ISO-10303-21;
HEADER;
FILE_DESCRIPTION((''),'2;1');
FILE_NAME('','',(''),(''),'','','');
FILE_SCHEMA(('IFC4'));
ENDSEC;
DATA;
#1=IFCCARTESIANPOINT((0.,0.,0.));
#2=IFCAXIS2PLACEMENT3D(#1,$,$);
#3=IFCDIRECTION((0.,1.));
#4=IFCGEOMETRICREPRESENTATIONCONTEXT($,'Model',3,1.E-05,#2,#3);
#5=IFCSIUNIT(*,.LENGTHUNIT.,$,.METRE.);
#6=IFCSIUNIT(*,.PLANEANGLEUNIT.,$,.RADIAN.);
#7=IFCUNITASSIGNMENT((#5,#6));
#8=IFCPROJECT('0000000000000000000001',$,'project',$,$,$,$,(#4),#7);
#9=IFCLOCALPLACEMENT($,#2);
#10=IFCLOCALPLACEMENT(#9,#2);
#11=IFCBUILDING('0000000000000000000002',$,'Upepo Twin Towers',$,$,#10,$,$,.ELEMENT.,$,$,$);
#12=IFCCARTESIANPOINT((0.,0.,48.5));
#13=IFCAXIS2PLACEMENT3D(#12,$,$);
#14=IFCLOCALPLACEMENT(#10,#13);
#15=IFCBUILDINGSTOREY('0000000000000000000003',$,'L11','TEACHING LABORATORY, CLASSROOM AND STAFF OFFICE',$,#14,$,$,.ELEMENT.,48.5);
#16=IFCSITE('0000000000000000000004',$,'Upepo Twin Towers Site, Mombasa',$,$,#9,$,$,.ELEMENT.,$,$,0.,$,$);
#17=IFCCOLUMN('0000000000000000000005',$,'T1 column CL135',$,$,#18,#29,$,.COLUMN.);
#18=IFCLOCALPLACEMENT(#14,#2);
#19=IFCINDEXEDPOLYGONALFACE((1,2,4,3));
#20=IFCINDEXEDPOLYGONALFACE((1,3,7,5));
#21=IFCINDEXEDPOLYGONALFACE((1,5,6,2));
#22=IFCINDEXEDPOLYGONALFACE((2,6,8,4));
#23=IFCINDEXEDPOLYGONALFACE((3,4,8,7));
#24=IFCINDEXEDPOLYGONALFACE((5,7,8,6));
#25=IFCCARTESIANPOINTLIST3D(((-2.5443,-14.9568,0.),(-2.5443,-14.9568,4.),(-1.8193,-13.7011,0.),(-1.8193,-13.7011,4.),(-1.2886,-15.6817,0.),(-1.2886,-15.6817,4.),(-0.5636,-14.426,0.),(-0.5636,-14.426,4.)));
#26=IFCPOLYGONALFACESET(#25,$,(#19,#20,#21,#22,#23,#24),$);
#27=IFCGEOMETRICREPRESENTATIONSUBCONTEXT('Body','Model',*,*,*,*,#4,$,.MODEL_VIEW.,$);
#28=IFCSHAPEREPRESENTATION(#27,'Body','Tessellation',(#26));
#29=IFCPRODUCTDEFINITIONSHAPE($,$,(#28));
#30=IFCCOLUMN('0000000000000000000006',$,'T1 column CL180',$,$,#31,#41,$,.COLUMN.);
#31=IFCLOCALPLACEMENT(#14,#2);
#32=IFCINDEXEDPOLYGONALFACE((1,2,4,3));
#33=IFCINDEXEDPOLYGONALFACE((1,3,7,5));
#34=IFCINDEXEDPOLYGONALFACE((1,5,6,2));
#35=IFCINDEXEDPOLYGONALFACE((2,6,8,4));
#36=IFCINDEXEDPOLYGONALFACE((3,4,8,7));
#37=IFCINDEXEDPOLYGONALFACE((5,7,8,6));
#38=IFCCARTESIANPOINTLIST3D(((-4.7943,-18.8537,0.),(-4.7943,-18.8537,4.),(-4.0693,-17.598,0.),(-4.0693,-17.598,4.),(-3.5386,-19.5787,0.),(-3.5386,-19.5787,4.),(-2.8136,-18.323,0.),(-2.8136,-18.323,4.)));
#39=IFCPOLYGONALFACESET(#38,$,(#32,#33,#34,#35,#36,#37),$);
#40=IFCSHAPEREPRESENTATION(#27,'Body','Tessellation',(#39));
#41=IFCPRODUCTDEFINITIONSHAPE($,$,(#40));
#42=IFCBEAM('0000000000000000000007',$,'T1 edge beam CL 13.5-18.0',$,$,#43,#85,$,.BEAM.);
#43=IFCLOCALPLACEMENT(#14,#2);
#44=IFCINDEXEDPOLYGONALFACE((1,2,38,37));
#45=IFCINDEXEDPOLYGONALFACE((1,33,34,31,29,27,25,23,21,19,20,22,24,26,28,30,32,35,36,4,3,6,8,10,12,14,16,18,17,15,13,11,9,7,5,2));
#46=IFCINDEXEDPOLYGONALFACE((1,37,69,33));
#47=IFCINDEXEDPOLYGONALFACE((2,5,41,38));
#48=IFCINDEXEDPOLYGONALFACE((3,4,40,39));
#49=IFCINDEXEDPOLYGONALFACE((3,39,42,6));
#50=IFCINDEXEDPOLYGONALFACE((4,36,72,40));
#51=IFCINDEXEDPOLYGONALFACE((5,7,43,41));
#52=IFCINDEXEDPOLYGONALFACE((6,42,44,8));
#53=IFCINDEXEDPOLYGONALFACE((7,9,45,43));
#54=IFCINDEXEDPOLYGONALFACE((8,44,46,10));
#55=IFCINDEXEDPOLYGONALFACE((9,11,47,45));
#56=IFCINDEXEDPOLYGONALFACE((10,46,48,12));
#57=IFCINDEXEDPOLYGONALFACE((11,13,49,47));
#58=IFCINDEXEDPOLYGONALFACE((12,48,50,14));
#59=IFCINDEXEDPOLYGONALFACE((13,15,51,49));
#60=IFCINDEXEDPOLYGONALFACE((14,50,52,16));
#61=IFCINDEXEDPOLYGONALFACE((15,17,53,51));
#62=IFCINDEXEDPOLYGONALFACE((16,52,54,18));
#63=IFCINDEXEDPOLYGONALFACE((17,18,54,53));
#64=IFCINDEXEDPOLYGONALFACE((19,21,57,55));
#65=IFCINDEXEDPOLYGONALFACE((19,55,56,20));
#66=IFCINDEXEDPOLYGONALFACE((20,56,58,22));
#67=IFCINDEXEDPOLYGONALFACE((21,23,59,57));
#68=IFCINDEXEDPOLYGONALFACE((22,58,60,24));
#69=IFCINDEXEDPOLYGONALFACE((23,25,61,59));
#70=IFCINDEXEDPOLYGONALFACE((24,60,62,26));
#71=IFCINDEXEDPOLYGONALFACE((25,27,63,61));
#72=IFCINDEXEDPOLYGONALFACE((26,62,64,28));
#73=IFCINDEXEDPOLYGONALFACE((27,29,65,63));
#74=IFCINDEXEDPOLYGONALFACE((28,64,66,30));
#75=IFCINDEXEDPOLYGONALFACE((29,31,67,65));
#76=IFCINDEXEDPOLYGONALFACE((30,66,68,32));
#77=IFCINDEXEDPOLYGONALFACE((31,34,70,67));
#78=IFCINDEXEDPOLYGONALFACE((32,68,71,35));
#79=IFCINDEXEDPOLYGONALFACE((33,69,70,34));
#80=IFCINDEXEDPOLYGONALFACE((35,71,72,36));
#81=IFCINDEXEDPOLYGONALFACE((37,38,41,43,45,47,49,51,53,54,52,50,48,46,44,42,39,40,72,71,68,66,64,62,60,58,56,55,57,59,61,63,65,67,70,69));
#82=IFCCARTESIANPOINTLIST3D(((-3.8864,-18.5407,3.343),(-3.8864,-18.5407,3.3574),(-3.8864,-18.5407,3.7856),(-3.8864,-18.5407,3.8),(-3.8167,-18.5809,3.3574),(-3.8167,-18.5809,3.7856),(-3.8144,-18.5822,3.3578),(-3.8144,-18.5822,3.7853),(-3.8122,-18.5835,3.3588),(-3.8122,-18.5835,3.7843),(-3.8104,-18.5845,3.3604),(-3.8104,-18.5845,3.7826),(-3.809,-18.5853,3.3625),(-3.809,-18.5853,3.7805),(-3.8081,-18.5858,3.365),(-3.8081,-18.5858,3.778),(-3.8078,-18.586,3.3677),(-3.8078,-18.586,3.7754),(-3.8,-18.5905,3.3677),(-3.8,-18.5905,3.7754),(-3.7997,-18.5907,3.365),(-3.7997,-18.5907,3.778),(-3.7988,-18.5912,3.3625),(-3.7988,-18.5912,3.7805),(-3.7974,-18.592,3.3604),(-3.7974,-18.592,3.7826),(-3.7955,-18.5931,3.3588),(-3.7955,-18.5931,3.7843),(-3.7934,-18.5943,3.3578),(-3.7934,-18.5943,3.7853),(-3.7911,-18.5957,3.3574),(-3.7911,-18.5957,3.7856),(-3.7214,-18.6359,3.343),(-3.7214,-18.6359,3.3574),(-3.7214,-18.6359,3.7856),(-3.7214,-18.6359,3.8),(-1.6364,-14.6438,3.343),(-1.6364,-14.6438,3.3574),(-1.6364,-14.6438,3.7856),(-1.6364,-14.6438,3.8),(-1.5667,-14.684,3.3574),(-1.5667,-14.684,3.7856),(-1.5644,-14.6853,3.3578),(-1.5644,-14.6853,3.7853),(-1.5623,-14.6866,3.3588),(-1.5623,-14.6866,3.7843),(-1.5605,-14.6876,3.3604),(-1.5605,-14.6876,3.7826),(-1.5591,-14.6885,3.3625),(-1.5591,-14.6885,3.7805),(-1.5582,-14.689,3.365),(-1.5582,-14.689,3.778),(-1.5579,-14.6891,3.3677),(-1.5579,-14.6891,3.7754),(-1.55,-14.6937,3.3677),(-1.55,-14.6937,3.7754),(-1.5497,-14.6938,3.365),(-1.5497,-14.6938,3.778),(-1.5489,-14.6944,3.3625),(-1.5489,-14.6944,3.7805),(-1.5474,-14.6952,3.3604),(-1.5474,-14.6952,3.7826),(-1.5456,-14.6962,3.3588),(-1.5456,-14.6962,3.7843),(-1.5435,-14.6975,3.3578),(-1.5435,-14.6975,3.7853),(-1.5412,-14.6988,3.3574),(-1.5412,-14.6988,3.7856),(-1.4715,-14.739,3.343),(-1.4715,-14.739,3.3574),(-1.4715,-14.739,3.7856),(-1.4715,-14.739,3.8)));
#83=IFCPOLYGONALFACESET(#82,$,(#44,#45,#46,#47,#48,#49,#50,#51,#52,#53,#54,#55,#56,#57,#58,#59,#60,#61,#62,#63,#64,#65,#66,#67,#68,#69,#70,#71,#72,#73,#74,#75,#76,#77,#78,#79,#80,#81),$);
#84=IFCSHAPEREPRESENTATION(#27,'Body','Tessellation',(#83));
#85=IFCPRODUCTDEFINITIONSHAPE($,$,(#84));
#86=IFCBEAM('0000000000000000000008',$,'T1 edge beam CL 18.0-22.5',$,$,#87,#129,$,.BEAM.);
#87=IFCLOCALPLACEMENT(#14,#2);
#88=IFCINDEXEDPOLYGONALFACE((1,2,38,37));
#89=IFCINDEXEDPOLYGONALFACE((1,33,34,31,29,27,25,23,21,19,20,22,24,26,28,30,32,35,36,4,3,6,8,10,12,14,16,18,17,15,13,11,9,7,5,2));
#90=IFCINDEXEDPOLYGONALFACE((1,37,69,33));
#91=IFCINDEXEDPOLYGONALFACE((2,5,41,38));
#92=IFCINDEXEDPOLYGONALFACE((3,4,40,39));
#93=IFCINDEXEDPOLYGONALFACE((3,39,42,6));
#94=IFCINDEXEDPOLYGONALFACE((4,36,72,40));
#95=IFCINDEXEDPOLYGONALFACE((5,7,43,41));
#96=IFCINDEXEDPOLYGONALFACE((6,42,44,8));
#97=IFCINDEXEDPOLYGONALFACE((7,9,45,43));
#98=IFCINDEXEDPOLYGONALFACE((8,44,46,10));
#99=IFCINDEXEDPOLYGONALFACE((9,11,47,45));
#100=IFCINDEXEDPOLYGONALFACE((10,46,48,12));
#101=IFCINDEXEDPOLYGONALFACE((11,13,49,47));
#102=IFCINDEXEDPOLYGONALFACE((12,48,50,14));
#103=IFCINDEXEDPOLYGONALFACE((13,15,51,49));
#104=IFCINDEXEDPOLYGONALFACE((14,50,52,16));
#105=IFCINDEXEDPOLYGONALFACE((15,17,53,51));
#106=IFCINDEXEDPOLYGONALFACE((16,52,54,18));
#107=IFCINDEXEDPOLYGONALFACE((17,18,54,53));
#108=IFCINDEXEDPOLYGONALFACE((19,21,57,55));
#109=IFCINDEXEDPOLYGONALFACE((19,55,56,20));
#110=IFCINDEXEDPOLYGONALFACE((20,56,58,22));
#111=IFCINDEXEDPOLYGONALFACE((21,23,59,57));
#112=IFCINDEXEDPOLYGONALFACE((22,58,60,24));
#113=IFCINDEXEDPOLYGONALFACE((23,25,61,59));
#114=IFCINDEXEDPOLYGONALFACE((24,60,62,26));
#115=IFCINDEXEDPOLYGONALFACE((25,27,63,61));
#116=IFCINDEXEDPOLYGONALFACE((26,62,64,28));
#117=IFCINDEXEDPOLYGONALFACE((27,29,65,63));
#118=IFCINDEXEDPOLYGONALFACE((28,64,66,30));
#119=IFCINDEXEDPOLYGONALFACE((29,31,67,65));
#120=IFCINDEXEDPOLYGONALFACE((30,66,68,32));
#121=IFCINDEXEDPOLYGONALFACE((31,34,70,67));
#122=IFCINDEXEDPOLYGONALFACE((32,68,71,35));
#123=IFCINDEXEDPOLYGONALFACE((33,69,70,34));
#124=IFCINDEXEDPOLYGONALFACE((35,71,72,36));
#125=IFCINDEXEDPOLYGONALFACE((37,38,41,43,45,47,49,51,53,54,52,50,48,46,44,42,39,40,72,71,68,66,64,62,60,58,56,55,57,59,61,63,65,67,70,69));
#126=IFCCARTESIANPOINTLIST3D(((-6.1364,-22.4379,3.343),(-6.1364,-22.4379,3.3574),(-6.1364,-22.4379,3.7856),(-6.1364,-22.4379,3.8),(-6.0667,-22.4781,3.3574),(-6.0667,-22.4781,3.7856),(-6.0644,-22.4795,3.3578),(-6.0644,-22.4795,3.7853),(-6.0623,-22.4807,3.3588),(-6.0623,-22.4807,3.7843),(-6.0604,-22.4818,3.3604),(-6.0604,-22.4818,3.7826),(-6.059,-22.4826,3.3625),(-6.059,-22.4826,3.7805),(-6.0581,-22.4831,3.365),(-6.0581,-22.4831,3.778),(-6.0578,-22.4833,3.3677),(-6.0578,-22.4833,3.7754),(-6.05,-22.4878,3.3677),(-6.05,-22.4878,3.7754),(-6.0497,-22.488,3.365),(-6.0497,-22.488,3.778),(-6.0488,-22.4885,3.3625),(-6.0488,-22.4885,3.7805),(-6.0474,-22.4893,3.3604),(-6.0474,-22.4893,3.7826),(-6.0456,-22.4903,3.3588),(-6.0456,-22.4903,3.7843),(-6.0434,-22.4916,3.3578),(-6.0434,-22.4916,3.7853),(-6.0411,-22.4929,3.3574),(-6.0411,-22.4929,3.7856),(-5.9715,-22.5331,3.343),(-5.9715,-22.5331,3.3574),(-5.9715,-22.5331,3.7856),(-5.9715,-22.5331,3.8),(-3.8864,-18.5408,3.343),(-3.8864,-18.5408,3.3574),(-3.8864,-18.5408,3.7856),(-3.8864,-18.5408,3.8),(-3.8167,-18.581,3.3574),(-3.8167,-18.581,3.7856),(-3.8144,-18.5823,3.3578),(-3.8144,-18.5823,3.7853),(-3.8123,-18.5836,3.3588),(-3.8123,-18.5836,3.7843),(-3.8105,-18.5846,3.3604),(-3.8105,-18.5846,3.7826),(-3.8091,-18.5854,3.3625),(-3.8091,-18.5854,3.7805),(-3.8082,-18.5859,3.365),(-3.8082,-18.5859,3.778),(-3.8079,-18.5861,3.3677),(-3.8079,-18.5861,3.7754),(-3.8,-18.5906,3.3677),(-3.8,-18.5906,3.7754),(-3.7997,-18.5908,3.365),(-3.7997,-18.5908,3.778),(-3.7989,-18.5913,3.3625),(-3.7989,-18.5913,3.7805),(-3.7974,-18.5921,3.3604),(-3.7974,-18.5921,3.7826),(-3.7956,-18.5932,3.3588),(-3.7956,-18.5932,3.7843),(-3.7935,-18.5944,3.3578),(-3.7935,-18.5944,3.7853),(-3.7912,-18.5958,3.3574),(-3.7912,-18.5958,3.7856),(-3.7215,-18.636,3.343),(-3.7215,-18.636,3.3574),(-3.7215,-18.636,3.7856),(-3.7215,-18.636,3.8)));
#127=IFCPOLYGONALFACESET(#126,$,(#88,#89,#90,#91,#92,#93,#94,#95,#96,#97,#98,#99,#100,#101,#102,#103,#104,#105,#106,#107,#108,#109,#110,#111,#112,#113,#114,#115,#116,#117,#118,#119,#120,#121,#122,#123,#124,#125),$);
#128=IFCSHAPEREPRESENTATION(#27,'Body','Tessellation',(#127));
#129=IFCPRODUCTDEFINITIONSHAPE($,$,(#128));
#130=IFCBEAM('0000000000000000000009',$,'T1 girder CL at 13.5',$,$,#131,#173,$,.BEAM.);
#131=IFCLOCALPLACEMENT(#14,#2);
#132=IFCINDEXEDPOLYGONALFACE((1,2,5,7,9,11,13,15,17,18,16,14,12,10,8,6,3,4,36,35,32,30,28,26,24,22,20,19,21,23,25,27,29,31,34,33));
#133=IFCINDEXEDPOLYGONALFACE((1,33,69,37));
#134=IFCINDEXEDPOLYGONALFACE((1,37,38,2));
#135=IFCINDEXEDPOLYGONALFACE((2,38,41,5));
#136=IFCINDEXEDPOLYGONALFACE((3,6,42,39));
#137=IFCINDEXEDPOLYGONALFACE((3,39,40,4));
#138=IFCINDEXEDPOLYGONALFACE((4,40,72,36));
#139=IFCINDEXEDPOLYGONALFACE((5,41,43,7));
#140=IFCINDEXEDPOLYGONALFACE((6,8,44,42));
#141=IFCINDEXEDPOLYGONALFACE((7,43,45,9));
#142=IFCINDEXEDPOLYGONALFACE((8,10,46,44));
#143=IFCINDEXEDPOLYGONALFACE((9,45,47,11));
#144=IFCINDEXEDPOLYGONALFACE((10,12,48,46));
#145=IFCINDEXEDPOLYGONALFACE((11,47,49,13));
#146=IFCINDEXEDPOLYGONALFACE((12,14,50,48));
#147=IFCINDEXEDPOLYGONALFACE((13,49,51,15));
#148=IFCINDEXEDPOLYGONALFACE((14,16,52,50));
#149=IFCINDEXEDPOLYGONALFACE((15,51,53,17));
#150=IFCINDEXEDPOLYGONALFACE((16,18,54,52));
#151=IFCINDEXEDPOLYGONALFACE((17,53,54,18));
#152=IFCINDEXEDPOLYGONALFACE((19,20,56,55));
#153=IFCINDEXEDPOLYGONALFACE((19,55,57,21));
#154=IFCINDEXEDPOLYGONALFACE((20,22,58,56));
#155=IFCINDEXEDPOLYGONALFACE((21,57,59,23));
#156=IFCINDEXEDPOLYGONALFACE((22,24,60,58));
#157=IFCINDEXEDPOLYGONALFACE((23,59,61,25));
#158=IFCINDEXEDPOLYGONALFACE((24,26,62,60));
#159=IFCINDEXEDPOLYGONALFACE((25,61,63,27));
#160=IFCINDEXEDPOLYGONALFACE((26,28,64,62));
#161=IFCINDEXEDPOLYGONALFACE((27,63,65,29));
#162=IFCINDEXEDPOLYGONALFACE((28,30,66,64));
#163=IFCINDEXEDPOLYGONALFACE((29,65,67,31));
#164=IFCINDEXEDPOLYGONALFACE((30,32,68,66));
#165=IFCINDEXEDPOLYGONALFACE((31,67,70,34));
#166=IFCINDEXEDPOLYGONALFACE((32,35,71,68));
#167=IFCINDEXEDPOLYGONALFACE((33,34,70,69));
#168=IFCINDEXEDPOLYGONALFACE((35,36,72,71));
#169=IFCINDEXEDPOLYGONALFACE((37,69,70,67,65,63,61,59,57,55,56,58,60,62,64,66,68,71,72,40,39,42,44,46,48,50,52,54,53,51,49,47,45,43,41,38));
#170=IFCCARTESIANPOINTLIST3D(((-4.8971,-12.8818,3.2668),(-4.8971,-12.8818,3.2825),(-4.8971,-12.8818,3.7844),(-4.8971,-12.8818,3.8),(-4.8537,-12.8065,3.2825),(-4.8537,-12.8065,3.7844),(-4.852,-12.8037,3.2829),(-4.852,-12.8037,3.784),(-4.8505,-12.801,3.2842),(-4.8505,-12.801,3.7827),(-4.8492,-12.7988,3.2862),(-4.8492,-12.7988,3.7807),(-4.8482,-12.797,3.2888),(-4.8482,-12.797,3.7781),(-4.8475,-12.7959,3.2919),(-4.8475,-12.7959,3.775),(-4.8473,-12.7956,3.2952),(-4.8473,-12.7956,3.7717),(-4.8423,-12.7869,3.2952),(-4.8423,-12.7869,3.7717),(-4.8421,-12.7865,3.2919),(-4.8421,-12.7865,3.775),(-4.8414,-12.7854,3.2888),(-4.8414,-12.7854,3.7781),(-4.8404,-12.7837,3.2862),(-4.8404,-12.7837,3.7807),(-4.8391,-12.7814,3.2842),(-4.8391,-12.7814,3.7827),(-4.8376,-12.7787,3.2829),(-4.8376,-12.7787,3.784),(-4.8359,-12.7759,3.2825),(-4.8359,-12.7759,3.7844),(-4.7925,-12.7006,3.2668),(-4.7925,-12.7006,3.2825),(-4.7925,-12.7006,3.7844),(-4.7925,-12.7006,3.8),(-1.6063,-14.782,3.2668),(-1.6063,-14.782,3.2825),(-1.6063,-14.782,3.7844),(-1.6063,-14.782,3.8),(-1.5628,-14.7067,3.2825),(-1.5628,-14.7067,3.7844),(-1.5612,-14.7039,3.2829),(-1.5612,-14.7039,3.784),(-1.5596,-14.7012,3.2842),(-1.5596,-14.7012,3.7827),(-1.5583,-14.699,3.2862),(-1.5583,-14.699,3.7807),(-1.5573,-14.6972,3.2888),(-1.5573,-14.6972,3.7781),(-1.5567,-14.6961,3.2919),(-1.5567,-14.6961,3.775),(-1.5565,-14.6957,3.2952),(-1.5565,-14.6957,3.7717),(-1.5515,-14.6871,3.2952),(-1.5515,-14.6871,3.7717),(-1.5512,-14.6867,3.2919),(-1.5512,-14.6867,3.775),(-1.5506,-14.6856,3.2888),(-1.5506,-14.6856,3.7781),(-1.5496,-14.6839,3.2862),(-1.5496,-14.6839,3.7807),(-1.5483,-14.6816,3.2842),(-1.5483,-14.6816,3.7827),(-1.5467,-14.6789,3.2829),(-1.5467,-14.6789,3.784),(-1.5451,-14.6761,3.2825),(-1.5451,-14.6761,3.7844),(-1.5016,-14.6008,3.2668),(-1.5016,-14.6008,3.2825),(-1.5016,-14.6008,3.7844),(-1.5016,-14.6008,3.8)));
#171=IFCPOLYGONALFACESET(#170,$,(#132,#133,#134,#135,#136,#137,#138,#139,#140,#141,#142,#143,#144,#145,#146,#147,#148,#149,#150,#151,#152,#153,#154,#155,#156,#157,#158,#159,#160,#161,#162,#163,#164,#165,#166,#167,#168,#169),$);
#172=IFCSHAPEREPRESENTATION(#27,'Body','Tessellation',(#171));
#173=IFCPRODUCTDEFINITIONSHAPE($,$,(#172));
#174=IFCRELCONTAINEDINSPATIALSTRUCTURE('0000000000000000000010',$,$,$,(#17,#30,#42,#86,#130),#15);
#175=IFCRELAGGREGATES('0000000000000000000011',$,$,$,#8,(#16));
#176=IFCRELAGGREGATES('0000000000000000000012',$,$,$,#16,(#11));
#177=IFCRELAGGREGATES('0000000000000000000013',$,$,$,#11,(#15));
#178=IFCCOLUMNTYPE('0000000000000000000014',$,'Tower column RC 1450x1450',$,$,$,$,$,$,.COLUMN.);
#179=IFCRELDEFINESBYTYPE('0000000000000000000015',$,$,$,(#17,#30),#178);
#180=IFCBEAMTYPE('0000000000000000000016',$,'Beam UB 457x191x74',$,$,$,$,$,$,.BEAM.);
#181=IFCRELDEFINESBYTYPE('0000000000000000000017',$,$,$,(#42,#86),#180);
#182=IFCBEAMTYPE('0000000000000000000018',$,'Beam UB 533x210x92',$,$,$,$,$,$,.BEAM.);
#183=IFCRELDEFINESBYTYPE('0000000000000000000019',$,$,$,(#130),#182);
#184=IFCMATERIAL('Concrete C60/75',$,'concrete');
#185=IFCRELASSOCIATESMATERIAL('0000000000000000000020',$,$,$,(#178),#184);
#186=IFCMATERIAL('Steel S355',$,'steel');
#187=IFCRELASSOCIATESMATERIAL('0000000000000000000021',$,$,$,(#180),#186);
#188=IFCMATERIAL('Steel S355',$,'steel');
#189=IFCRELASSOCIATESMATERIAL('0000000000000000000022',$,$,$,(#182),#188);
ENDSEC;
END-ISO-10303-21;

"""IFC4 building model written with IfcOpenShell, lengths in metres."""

from ifc_helpers import new_model, si_unit, direction, frame, origin, origin_2d, place, context, subcontext, project, spatial, rectangle, i_section, extrude, material, material_profile, profile_set, type_object, element, save


model = new_model("IFC4")

# Units and contexts
model_context = context("Model", 3, precision=1e-05, world=origin(), true_north=direction((0.0, 1.0)))
body_context = subcontext(model_context, "Body", "Model", "MODEL_VIEW")
ifc_project = project(units=[si_unit("LENGTHUNIT", "METRE"), si_unit("PLANEANGLEUNIT", "RADIAN")], contexts=[model_context])

# Site, building, storey
site_placement = place(None, origin())
site = spatial("IfcSite", under=ifc_project, at=site_placement, Name="Upepo Twin Towers Site, Mombasa", CompositionType="ELEMENT", RefElevation=0.0)
building_placement = place(site_placement, origin())
building = spatial("IfcBuilding", under=site, at=building_placement, Name="Upepo Twin Towers", CompositionType="ELEMENT")
storey_placement = place(building_placement, frame((0.0, 0.0, 48.5)))
storey = spatial("IfcBuildingStorey", under=building, at=storey_placement, Name="L11", Description="TEACHING LABORATORY, CLASSROOM AND STAFF OFFICE", CompositionType="ELEMENT", Elevation=48.5)

# Columns
ifc_material_1 = material(Name="Concrete C60/75", Category="concrete")
ifc_material_profile_1 = material_profile(ifc_material_1, rectangle(XDim=1.45, YDim=1.45, at=origin_2d()), Name="RC 1450x1450")
ifc_profile_set_1 = profile_set([ifc_material_profile_1], Name="Concrete C60/75")
column_type = type_object("IfcColumnType", Name="Tower column RC 1450x1450", PredefinedType="COLUMN", material=ifc_profile_set_1)
for number, where, z_axis, x_axis, name in (
    (1, (-1.554, -14.6914, 0.0), (0.0, 0.0, 1.0), (0.5, 0.866025, 0.0), "T1 column CL135"),
    (2, (-3.804, -18.5884, 0.0), (0.0, 0.0, 1.0), (0.5, 0.866025, 0.0), "T1 column CL180"),
):
    element("IfcColumn", number, at=place(storey_placement, frame(where, z_axis=z_axis, x_axis=x_axis)), inside=storey, type_object=column_type, Name=name, PredefinedType="COLUMN", context=body_context, shape_type="SweptSolid", body=[
        extrude(rectangle(XDim=1.45, YDim=1.45, at=origin_2d()), origin(), (0.0, 0.0, 1.0), 4.0),
    ])

# Beams
ifc_material_2 = material(Name="Steel S355", Category="steel")
ifc_material_profile_2 = material_profile(ifc_material_2, i_section(OverallWidth=0.1904, OverallDepth=0.457, WebThickness=0.009, FlangeThickness=0.0144, FilletRadius=0.0103, at=origin_2d()), Name="UB 457x191x74")
ifc_profile_set_2 = profile_set([ifc_material_profile_2], Name="Steel S355")
beam_type_1 = type_object("IfcBeamType", Name="Beam UB 457x191x74", PredefinedType="BEAM", material=ifc_profile_set_2)
beam_1_placement = place(storey_placement, frame((-1.554, -14.6914, 3.5715), z_axis=(-0.500014, -0.866018, 0.0), x_axis=(0.866018, -0.500014, 0.0)))
element("IfcBeam", 3, at=beam_1_placement, inside=storey, type_object=beam_type_1, Name="T1 edge beam CL 13.5-18.0", PredefinedType="BEAM", context=body_context, shape_type="SweptSolid", body=[
    extrude(i_section(OverallWidth=0.1904, OverallDepth=0.457, WebThickness=0.009, FlangeThickness=0.0144, FilletRadius=0.0103, at=origin_2d()), origin(), (0.0, 0.0, 1.0), 4.4998),
])
beam_2_placement = place(storey_placement, frame((-3.804, -18.5884, 3.5715), z_axis=(-0.49999, -0.866031, 0.0), x_axis=(0.866031, -0.49999, 0.0)))
element("IfcBeam", 4, at=beam_2_placement, inside=storey, type_object=beam_type_1, Name="T1 edge beam CL 18.0-22.5", PredefinedType="BEAM", context=body_context, shape_type="SweptSolid", body=[
    extrude(i_section(OverallWidth=0.1904, OverallDepth=0.457, WebThickness=0.009, FlangeThickness=0.0144, FilletRadius=0.0103, at=origin_2d()), origin(), (0.0, 0.0, 1.0), 4.5),
])
ifc_material_3 = material(Name="Steel S355", Category="steel")
ifc_material_profile_3 = material_profile(ifc_material_3, i_section(OverallWidth=0.2092, OverallDepth=0.5332, WebThickness=0.01, FlangeThickness=0.0156, FilletRadius=0.0127, at=origin_2d()), Name="UB 533x210x92")
ifc_profile_set_3 = profile_set([ifc_material_profile_3], Name="Steel S355")
beam_type_2 = type_object("IfcBeamType", Name="Beam UB 533x210x92", PredefinedType="BEAM", material=ifc_profile_set_3)
beam_3_placement = place(storey_placement, frame((-1.554, -14.6914, 3.5334), z_axis=(-0.866, 0.500043, 0.0), x_axis=(-0.500043, -0.866, 0.0)))
element("IfcBeam", 5, at=beam_3_placement, inside=storey, type_object=beam_type_2, Name="T1 girder CL at 13.5", PredefinedType="BEAM", context=body_context, shape_type="SweptSolid", body=[
    extrude(i_section(OverallWidth=0.2092, OverallDepth=0.5332, WebThickness=0.01, FlangeThickness=0.0156, FilletRadius=0.0127, at=origin_2d()), origin(), (0.0, 0.0, 1.0), 3.8),
])

save(model, "model.ifc")
